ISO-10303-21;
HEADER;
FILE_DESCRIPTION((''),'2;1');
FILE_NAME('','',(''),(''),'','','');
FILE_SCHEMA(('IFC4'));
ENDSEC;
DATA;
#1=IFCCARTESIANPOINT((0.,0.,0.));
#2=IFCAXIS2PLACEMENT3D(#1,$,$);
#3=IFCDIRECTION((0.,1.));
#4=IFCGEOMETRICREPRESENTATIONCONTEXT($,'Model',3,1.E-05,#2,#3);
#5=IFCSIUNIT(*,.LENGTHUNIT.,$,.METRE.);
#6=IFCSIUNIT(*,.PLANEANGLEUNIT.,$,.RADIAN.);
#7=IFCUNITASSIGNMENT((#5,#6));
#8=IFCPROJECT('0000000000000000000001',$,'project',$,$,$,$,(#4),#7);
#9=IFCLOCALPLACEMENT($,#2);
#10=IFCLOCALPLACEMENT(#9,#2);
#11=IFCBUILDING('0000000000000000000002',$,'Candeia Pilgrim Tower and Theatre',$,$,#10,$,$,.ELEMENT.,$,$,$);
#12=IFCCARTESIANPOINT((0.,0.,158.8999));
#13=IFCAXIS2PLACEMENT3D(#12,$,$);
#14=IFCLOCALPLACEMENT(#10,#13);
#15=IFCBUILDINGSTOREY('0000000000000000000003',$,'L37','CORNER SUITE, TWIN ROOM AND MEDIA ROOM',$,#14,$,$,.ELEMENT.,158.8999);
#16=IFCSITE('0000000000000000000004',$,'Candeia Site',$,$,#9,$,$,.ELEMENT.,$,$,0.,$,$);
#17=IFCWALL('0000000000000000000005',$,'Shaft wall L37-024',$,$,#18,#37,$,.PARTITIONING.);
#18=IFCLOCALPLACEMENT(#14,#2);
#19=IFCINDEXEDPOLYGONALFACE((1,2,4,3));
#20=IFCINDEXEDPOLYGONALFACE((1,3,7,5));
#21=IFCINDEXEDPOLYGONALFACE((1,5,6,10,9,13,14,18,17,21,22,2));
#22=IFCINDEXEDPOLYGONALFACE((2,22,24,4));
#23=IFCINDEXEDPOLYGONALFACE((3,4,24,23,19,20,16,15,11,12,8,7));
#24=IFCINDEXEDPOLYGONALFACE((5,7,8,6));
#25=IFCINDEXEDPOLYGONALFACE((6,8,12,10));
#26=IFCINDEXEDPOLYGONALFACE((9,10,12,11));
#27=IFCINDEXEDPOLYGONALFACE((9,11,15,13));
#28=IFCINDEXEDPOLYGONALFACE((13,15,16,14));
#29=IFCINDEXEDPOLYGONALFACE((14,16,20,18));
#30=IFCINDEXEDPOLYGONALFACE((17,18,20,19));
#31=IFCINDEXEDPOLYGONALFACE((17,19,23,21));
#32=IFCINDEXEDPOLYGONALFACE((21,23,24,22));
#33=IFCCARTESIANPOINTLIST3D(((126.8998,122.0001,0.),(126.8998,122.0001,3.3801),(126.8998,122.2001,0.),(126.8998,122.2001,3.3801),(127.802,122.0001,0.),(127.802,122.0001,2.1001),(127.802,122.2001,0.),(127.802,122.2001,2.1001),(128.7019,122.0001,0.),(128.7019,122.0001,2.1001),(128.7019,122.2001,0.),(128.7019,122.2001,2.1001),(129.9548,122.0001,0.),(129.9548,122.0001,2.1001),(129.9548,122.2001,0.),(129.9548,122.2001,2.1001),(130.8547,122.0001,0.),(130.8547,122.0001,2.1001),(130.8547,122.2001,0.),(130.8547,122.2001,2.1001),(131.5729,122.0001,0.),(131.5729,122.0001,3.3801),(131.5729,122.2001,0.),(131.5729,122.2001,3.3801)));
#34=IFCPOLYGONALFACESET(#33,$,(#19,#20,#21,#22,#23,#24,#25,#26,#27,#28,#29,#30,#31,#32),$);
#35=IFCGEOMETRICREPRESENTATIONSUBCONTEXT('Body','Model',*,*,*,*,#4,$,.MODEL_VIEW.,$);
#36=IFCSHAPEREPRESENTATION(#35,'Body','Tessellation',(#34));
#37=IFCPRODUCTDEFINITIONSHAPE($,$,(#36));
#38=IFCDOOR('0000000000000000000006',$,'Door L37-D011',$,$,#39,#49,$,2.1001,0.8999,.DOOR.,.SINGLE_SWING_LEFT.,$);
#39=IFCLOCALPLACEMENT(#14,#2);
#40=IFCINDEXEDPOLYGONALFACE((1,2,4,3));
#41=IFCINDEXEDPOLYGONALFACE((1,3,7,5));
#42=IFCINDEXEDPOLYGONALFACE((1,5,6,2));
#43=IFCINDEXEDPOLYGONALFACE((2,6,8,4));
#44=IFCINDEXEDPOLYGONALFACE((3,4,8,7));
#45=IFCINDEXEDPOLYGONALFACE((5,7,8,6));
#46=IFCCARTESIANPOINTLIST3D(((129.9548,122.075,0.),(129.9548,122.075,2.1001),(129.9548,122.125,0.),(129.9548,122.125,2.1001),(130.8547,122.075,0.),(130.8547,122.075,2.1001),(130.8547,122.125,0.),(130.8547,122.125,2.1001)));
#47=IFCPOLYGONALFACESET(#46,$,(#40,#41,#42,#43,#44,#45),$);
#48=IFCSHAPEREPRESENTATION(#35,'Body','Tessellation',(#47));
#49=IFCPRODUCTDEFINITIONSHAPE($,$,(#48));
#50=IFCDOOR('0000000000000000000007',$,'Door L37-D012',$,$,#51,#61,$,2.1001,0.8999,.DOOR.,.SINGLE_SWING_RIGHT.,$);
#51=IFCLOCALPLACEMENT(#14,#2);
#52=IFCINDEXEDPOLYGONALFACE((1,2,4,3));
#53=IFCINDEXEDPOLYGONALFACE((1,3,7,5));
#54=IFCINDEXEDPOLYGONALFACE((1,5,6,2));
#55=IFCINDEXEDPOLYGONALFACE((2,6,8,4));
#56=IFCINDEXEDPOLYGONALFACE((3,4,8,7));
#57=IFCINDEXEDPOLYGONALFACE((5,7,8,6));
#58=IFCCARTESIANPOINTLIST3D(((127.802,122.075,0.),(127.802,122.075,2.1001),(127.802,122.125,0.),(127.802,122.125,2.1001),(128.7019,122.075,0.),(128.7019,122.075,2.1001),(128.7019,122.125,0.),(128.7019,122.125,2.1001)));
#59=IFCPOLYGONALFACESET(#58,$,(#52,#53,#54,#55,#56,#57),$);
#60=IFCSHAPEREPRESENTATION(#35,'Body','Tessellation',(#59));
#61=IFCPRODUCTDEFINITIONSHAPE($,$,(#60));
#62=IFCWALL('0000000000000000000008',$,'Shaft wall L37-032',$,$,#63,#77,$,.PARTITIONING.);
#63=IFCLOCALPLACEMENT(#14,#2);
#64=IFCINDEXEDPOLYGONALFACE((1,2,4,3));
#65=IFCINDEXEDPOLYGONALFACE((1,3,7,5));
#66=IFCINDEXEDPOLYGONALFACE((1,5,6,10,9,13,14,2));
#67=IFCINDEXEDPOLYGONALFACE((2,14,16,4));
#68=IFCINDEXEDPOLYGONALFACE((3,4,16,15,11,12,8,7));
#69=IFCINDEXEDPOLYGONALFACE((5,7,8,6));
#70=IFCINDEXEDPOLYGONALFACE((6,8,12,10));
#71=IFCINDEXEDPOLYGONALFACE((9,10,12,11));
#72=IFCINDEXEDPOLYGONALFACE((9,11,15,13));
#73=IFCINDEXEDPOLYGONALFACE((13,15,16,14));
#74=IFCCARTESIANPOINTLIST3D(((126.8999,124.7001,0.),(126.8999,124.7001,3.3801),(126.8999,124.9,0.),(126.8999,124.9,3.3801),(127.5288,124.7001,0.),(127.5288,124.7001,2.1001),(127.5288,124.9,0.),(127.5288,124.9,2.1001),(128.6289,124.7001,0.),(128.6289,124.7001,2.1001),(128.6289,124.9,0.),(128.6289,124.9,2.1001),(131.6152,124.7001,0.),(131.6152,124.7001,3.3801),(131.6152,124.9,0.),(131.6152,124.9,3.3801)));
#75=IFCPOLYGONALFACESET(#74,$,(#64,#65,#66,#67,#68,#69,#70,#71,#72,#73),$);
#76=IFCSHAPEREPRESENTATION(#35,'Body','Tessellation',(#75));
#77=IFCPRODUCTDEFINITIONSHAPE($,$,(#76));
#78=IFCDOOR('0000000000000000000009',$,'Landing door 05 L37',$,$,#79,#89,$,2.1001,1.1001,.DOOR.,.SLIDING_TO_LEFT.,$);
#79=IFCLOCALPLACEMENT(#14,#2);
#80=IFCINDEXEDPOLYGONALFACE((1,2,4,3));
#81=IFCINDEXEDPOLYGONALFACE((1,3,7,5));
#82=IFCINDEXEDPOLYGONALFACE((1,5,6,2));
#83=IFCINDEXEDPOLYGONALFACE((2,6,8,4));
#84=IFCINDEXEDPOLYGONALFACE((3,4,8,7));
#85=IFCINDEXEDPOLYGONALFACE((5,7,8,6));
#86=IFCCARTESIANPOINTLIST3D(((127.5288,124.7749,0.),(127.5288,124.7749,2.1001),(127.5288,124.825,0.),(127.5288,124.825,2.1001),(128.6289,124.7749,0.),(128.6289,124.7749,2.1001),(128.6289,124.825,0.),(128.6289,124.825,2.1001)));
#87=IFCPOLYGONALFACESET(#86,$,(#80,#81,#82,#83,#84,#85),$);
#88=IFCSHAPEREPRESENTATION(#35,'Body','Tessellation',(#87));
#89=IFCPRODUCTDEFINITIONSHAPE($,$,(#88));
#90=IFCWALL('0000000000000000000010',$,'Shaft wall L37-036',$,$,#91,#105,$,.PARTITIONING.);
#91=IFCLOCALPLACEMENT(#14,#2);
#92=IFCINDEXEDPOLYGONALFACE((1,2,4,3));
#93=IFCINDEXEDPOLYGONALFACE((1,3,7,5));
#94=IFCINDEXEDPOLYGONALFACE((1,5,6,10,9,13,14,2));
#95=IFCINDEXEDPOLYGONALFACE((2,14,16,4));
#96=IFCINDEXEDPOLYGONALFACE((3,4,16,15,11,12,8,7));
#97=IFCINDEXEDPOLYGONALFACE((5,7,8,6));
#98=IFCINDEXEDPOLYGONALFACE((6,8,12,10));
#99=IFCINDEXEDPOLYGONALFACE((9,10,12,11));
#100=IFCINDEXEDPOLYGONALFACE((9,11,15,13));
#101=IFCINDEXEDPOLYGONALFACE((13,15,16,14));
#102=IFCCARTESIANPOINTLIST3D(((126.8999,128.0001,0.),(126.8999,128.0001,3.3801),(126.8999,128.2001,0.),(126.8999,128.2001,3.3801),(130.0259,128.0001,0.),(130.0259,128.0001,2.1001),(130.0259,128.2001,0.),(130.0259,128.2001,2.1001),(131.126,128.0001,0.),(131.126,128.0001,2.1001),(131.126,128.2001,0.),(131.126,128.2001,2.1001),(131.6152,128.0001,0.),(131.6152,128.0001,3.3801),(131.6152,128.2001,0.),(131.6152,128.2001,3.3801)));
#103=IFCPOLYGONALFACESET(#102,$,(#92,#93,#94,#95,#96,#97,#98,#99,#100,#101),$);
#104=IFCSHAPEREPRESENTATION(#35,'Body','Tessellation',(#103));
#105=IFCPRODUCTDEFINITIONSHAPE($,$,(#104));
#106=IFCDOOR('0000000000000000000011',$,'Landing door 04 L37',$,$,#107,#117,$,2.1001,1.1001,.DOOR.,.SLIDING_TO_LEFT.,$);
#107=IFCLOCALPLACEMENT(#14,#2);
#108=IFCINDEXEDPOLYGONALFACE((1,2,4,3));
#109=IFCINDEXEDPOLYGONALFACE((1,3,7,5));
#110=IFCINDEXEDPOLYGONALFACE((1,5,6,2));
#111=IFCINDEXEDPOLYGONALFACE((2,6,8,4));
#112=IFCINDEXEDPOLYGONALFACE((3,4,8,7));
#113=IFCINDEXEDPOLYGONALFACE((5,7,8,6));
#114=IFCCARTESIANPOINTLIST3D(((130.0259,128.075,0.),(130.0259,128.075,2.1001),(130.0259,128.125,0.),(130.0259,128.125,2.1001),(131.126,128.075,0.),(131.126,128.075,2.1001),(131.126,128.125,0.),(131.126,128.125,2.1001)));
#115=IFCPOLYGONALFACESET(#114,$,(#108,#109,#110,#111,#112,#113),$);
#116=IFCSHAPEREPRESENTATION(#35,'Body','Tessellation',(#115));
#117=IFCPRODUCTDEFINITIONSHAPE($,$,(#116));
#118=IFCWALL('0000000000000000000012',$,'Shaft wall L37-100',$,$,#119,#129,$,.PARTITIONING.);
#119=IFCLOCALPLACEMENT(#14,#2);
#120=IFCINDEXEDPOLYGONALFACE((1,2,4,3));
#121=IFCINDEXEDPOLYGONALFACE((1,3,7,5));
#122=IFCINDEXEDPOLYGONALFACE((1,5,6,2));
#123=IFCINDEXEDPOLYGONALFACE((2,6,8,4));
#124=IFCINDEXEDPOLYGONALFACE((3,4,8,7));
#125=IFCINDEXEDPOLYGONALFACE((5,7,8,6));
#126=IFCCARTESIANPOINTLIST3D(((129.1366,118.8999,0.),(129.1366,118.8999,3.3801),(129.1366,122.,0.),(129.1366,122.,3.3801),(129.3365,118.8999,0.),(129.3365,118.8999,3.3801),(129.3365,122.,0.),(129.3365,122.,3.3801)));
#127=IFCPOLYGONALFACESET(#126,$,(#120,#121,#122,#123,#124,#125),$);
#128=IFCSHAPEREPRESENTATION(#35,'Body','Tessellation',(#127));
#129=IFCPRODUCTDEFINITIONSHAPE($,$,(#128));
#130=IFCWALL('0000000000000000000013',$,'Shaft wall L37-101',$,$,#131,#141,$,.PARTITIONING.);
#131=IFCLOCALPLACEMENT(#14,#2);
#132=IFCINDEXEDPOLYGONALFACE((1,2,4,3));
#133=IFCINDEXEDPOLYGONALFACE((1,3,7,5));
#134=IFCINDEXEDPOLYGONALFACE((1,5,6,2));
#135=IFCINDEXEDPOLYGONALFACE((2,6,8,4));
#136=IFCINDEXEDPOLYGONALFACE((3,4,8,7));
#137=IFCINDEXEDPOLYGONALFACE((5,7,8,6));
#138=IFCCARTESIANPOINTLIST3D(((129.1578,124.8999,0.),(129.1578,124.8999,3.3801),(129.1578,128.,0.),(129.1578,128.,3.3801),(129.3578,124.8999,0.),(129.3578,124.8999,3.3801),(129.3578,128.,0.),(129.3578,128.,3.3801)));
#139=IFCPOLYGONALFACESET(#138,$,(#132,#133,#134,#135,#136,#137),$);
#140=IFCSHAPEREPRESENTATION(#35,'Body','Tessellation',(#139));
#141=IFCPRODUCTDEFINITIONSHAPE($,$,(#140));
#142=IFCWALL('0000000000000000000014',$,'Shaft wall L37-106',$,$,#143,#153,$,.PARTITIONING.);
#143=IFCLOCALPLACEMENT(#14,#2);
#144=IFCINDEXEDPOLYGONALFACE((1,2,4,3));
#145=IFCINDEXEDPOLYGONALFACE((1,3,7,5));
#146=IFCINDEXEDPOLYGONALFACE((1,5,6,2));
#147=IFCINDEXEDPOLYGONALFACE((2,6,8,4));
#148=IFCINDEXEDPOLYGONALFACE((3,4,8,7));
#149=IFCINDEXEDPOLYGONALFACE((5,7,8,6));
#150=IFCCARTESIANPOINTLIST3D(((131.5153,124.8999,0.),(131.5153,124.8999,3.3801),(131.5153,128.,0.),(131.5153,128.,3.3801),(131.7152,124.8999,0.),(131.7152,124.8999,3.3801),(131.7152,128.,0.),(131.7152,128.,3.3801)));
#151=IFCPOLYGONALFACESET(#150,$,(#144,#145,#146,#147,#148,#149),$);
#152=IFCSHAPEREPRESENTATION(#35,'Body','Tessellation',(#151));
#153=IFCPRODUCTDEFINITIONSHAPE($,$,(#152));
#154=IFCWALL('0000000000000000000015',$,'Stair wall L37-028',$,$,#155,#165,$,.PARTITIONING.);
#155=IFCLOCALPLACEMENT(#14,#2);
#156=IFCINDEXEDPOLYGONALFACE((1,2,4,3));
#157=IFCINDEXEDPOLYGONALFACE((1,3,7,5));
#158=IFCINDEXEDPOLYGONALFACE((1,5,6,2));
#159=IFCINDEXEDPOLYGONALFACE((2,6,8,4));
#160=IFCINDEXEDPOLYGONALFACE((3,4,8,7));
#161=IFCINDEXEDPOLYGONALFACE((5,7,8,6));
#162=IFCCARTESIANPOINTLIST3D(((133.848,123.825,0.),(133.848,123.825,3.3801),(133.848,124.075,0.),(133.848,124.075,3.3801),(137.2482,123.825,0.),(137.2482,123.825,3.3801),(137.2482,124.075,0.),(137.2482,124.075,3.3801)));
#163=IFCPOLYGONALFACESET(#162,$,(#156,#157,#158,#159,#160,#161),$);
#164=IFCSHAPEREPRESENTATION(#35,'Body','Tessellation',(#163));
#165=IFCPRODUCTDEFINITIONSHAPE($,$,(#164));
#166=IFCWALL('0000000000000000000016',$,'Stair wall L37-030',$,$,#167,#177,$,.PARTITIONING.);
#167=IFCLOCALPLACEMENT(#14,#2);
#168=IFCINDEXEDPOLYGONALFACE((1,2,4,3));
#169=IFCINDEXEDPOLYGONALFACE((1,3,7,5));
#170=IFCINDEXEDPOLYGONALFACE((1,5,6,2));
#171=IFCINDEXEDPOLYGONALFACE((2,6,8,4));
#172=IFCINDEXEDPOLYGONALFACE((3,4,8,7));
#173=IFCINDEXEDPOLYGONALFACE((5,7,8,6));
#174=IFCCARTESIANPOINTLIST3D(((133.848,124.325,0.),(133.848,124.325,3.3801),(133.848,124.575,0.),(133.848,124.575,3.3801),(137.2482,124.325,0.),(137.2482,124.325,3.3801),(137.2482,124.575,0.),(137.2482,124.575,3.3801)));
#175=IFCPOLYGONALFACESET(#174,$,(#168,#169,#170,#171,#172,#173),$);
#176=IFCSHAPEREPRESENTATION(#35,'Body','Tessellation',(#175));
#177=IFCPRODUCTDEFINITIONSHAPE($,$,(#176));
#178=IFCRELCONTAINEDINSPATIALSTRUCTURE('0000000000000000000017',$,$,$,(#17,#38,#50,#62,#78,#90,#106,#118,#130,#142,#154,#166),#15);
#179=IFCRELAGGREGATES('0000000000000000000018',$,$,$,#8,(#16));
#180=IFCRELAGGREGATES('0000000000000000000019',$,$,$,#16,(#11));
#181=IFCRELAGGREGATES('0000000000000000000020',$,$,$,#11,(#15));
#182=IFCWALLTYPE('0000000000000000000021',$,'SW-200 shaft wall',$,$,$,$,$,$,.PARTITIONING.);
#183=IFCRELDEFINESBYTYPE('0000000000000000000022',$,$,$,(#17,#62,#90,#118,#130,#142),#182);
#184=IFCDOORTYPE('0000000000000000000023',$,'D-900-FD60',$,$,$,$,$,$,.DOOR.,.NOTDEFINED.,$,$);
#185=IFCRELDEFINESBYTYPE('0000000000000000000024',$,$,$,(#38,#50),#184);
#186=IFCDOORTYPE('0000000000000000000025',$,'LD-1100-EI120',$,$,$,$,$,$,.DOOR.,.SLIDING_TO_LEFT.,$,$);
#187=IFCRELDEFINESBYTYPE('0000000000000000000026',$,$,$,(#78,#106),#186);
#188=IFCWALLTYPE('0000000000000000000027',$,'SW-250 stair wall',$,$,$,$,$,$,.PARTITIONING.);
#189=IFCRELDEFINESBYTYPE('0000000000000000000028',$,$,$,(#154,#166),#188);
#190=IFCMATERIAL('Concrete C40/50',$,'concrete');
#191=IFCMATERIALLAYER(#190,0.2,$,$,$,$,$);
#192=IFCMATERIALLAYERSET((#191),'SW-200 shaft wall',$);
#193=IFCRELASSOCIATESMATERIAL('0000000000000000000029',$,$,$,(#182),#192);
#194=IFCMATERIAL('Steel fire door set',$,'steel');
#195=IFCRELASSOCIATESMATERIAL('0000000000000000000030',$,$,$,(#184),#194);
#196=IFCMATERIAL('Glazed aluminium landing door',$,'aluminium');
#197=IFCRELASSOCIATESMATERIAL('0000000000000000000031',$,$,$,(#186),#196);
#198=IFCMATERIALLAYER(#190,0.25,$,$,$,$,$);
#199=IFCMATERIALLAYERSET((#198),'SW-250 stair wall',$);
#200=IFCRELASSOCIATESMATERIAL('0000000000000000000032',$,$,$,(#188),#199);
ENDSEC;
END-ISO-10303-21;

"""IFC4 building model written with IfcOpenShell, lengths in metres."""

from ifc_helpers import new_model, si_unit, direction, frame, frame_2d, origin, place, context, subcontext, project, spatial, rectangle, extrude, material, layer, layer_set, type_object, element, fill, save


model = new_model("IFC4")

# Units and contexts
model_context = context("Model", 3, precision=1e-05, world=origin(), true_north=direction((0.0, 1.0)))
body_context = subcontext(model_context, "Body", "Model", "MODEL_VIEW")
ifc_project = project(units=[si_unit("LENGTHUNIT", "METRE"), si_unit("PLANEANGLEUNIT", "RADIAN")], contexts=[model_context])

# Site, building, storey
site_placement = place(None, origin())
site = spatial("IfcSite", under=ifc_project, at=site_placement, Name="Candeia Site", CompositionType="ELEMENT", RefElevation=0.0)
building_placement = place(site_placement, origin())
building = spatial("IfcBuilding", under=site, at=building_placement, Name="Candeia Pilgrim Tower and Theatre", CompositionType="ELEMENT")
storey_placement = place(building_placement, frame((0.0, 0.0, 158.8999)))
storey = spatial("IfcBuildingStorey", under=building, at=storey_placement, Name="L37", Description="CORNER SUITE, TWIN ROOM AND MEDIA ROOM", CompositionType="ELEMENT", Elevation=158.8999)

# Shared definitions
ifc_material_1 = material(Name="Steel fire door set", Category="steel")

# Wall, openings, doors
ifc_material_2 = material(Name="Concrete C40/50", Category="concrete")
ifc_layer_1 = layer(ifc_material_2, 0.2)
ifc_layer_set_1 = layer_set([ifc_layer_1], Name="SW-200 shaft wall")
wall_type_1 = type_object("IfcWallType", Name="SW-200 shaft wall", PredefinedType="PARTITIONING", material=ifc_layer_set_1)
wall_1_placement = place(storey_placement, frame((126.8999, 122.1001, 0.0), z_axis=(0.0, 0.0, 1.0), x_axis=(1.0, 0.0, 0.0)))
wall_1 = element("IfcWall", 1, at=wall_1_placement, inside=storey, type_object=wall_type_1, Name="Shaft wall L37-024", PredefinedType="PARTITIONING", context=body_context, shape_type="SweptSolid", body=[
    extrude(rectangle(XDim=4.6731, YDim=0.2, at=frame_2d((2.3364, 0.0))), origin(), (0.0, 0.0, 1.0), 3.3801),
])
opening_1_placement = place(wall_1_placement, frame((3.0549, 0.0, 0.0)))
opening_1 = element("IfcOpeningElement", 2, at=opening_1_placement, cuts=wall_1, PredefinedType="OPENING", context=body_context, shape_type="SweptSolid", body=[
    extrude(rectangle(XDim=0.8999, YDim=2.1001, at=frame_2d((0.45, 1.05))), frame((0.0, 0.1099, 0.0), z_axis=(0.0, -1.0, 0.0), x_axis=(1.0, 0.0, 0.0)), (0.0, 0.0, 1.0), 0.22),
])
opening_2_placement = place(wall_1_placement, frame((0.9021, 0.0, 0.0)))
opening_2 = element("IfcOpeningElement", 3, at=opening_2_placement, cuts=wall_1, PredefinedType="OPENING", context=body_context, shape_type="SweptSolid", body=[
    extrude(rectangle(XDim=0.8999, YDim=2.1001, at=frame_2d((0.45, 1.05))), frame((0.0, 0.1099, 0.0), z_axis=(0.0, -1.0, 0.0), x_axis=(1.0, 0.0, 0.0)), (0.0, 0.0, 1.0), 0.22),
])
door_type_1 = type_object("IfcDoorType", Name="D-900-FD60", OperationType="NOTDEFINED", PredefinedType="DOOR", material=ifc_material_1)
door_1_placement = place(opening_1_placement, origin())
door_1 = element("IfcDoor", 4, at=door_1_placement, inside=storey, type_object=door_type_1, Name="Door L37-D011", OperationType="SINGLE_SWING_LEFT", OverallHeight=2.1001, OverallWidth=0.8999, PredefinedType="DOOR", context=body_context, shape_type="SweptSolid", body=[
    extrude(rectangle(XDim=0.8999, YDim=2.1001, at=frame_2d((0.45, 1.05))), frame((0.0, 0.0249, 0.0), z_axis=(0.0, -1.0, 0.0), x_axis=(1.0, 0.0, 0.0)), (0.0, 0.0, 1.0), 0.05),
])
fill(opening_1, door_1)
door_2_placement = place(opening_2_placement, origin())
door_2 = element("IfcDoor", 5, at=door_2_placement, inside=storey, type_object=door_type_1, Name="Door L37-D012", OperationType="SINGLE_SWING_RIGHT", OverallHeight=2.1001, OverallWidth=0.8999, PredefinedType="DOOR", context=body_context, shape_type="SweptSolid", body=[
    extrude(rectangle(XDim=0.8999, YDim=2.1001, at=frame_2d((0.45, 1.05))), frame((0.0, 0.0249, 0.0), z_axis=(0.0, -1.0, 0.0), x_axis=(1.0, 0.0, 0.0)), (0.0, 0.0, 1.0), 0.05),
])
fill(opening_2, door_2)

# Walls, openings, doors
wall_2_placement = place(storey_placement, frame((126.8999, 124.8, 0.0), z_axis=(0.0, 0.0, 1.0), x_axis=(1.0, 0.0, 0.0)))
wall_2 = element("IfcWall", 6, at=wall_2_placement, inside=storey, type_object=wall_type_1, Name="Shaft wall L37-032", PredefinedType="PARTITIONING", context=body_context, shape_type="SweptSolid", body=[
    extrude(rectangle(XDim=4.7153, YDim=0.2, at=frame_2d((2.3577, 0.0))), origin(), (0.0, 0.0, 1.0), 3.3801),
])
opening_3_placement = place(wall_2_placement, frame((0.6289, 0.0, 0.0)))
opening_3 = element("IfcOpeningElement", 7, at=opening_3_placement, cuts=wall_2, PredefinedType="OPENING", context=body_context, shape_type="SweptSolid", body=[
    extrude(rectangle(XDim=1.1001, YDim=2.1001, at=frame_2d((0.55, 1.05))), frame((0.0, 0.1099, 0.0), z_axis=(0.0, -1.0, 0.0), x_axis=(1.0, 0.0, 0.0)), (0.0, 0.0, 1.0), 0.22),
])
ifc_material_3 = material(Name="Glazed aluminium landing door", Category="aluminium")
door_type_2 = type_object("IfcDoorType", Name="LD-1100-EI120", OperationType="SLIDING_TO_LEFT", PredefinedType="DOOR", material=ifc_material_3)
door_3_placement = place(opening_3_placement, origin())
door_3 = element("IfcDoor", 8, at=door_3_placement, inside=storey, type_object=door_type_2, Name="Landing door 05 L37", OperationType="SLIDING_TO_LEFT", OverallHeight=2.1001, OverallWidth=1.1001, PredefinedType="DOOR", context=body_context, shape_type="SweptSolid", body=[
    extrude(rectangle(XDim=1.1001, YDim=2.1001, at=frame_2d((0.55, 1.05))), frame((0.0, 0.0249, 0.0), z_axis=(0.0, -1.0, 0.0), x_axis=(1.0, 0.0, 0.0)), (0.0, 0.0, 1.0), 0.05),
])
fill(opening_3, door_3)
wall_3_placement = place(storey_placement, frame((126.8999, 128.1001, 0.0), z_axis=(0.0, 0.0, 1.0), x_axis=(1.0, 0.0, 0.0)))
wall_3 = element("IfcWall", 9, at=wall_3_placement, inside=storey, type_object=wall_type_1, Name="Shaft wall L37-036", PredefinedType="PARTITIONING", context=body_context, shape_type="SweptSolid", body=[
    extrude(rectangle(XDim=4.7153, YDim=0.2, at=frame_2d((2.3577, 0.0))), origin(), (0.0, 0.0, 1.0), 3.3801),
])
opening_4_placement = place(wall_3_placement, frame((3.126, 0.0, 0.0)))
opening_4 = element("IfcOpeningElement", 10, at=opening_4_placement, cuts=wall_3, PredefinedType="OPENING", context=body_context, shape_type="SweptSolid", body=[
    extrude(rectangle(XDim=1.1001, YDim=2.1001, at=frame_2d((0.55, 1.05))), frame((0.0, 0.1099, 0.0), z_axis=(0.0, -1.0, 0.0), x_axis=(1.0, 0.0, 0.0)), (0.0, 0.0, 1.0), 0.22),
])
door_4_placement = place(opening_4_placement, origin())
door_4 = element("IfcDoor", 11, at=door_4_placement, inside=storey, type_object=door_type_2, Name="Landing door 04 L37", OperationType="SLIDING_TO_LEFT", OverallHeight=2.1001, OverallWidth=1.1001, PredefinedType="DOOR", context=body_context, shape_type="SweptSolid", body=[
    extrude(rectangle(XDim=1.1001, YDim=2.1001, at=frame_2d((0.55, 1.05))), frame((0.0, 0.0249, 0.0), z_axis=(0.0, -1.0, 0.0), x_axis=(1.0, 0.0, 0.0)), (0.0, 0.0, 1.0), 0.05),
])
fill(opening_4, door_4)

# Walls
for number, where, z_axis, x_axis, name in (
    (12, (129.2366, 118.8999, 0.0), (0.0, 0.0, 1.0), (0.0, 1.0, 0.0), "Shaft wall L37-100"),
    (13, (129.2578, 124.8999, 0.0), (0.0, 0.0, 1.0), (0.0, 1.0, 0.0), "Shaft wall L37-101"),
    (14, (131.6152, 124.8999, 0.0), (0.0, 0.0, 1.0), (0.0, 1.0, 0.0), "Shaft wall L37-106"),
):
    element("IfcWall", number, at=place(storey_placement, frame(where, z_axis=z_axis, x_axis=x_axis)), inside=storey, type_object=wall_type_1, Name=name, PredefinedType="PARTITIONING", context=body_context, shape_type="SweptSolid", body=[
        extrude(rectangle(XDim=3.1001, YDim=0.2, at=frame_2d((1.55, 0.0))), origin(), (0.0, 0.0, 1.0), 3.3801),
    ])
ifc_layer_2 = layer(ifc_material_2, 0.25)
ifc_layer_set_2 = layer_set([ifc_layer_2], Name="SW-250 stair wall")
wall_type_2 = type_object("IfcWallType", Name="SW-250 stair wall", PredefinedType="PARTITIONING", material=ifc_layer_set_2)
for number, where, z_axis, x_axis, name in (
    (15, (133.8479, 123.95, 0.0), (0.0, 0.0, 1.0), (1.0, 0.0, 0.0), "Stair wall L37-028"),
    (16, (133.8479, 124.45, 0.0), (0.0, 0.0, 1.0), (1.0, 0.0, 0.0), "Stair wall L37-030"),
):
    element("IfcWall", number, at=place(storey_placement, frame(where, z_axis=z_axis, x_axis=x_axis)), inside=storey, type_object=wall_type_2, Name=name, PredefinedType="PARTITIONING", context=body_context, shape_type="SweptSolid", body=[
        extrude(rectangle(XDim=3.4001, YDim=0.25, at=frame_2d((1.7002, 0.0))), origin(), (0.0, 0.0, 1.0), 3.3801),
    ])

save(model, "model.ifc")
